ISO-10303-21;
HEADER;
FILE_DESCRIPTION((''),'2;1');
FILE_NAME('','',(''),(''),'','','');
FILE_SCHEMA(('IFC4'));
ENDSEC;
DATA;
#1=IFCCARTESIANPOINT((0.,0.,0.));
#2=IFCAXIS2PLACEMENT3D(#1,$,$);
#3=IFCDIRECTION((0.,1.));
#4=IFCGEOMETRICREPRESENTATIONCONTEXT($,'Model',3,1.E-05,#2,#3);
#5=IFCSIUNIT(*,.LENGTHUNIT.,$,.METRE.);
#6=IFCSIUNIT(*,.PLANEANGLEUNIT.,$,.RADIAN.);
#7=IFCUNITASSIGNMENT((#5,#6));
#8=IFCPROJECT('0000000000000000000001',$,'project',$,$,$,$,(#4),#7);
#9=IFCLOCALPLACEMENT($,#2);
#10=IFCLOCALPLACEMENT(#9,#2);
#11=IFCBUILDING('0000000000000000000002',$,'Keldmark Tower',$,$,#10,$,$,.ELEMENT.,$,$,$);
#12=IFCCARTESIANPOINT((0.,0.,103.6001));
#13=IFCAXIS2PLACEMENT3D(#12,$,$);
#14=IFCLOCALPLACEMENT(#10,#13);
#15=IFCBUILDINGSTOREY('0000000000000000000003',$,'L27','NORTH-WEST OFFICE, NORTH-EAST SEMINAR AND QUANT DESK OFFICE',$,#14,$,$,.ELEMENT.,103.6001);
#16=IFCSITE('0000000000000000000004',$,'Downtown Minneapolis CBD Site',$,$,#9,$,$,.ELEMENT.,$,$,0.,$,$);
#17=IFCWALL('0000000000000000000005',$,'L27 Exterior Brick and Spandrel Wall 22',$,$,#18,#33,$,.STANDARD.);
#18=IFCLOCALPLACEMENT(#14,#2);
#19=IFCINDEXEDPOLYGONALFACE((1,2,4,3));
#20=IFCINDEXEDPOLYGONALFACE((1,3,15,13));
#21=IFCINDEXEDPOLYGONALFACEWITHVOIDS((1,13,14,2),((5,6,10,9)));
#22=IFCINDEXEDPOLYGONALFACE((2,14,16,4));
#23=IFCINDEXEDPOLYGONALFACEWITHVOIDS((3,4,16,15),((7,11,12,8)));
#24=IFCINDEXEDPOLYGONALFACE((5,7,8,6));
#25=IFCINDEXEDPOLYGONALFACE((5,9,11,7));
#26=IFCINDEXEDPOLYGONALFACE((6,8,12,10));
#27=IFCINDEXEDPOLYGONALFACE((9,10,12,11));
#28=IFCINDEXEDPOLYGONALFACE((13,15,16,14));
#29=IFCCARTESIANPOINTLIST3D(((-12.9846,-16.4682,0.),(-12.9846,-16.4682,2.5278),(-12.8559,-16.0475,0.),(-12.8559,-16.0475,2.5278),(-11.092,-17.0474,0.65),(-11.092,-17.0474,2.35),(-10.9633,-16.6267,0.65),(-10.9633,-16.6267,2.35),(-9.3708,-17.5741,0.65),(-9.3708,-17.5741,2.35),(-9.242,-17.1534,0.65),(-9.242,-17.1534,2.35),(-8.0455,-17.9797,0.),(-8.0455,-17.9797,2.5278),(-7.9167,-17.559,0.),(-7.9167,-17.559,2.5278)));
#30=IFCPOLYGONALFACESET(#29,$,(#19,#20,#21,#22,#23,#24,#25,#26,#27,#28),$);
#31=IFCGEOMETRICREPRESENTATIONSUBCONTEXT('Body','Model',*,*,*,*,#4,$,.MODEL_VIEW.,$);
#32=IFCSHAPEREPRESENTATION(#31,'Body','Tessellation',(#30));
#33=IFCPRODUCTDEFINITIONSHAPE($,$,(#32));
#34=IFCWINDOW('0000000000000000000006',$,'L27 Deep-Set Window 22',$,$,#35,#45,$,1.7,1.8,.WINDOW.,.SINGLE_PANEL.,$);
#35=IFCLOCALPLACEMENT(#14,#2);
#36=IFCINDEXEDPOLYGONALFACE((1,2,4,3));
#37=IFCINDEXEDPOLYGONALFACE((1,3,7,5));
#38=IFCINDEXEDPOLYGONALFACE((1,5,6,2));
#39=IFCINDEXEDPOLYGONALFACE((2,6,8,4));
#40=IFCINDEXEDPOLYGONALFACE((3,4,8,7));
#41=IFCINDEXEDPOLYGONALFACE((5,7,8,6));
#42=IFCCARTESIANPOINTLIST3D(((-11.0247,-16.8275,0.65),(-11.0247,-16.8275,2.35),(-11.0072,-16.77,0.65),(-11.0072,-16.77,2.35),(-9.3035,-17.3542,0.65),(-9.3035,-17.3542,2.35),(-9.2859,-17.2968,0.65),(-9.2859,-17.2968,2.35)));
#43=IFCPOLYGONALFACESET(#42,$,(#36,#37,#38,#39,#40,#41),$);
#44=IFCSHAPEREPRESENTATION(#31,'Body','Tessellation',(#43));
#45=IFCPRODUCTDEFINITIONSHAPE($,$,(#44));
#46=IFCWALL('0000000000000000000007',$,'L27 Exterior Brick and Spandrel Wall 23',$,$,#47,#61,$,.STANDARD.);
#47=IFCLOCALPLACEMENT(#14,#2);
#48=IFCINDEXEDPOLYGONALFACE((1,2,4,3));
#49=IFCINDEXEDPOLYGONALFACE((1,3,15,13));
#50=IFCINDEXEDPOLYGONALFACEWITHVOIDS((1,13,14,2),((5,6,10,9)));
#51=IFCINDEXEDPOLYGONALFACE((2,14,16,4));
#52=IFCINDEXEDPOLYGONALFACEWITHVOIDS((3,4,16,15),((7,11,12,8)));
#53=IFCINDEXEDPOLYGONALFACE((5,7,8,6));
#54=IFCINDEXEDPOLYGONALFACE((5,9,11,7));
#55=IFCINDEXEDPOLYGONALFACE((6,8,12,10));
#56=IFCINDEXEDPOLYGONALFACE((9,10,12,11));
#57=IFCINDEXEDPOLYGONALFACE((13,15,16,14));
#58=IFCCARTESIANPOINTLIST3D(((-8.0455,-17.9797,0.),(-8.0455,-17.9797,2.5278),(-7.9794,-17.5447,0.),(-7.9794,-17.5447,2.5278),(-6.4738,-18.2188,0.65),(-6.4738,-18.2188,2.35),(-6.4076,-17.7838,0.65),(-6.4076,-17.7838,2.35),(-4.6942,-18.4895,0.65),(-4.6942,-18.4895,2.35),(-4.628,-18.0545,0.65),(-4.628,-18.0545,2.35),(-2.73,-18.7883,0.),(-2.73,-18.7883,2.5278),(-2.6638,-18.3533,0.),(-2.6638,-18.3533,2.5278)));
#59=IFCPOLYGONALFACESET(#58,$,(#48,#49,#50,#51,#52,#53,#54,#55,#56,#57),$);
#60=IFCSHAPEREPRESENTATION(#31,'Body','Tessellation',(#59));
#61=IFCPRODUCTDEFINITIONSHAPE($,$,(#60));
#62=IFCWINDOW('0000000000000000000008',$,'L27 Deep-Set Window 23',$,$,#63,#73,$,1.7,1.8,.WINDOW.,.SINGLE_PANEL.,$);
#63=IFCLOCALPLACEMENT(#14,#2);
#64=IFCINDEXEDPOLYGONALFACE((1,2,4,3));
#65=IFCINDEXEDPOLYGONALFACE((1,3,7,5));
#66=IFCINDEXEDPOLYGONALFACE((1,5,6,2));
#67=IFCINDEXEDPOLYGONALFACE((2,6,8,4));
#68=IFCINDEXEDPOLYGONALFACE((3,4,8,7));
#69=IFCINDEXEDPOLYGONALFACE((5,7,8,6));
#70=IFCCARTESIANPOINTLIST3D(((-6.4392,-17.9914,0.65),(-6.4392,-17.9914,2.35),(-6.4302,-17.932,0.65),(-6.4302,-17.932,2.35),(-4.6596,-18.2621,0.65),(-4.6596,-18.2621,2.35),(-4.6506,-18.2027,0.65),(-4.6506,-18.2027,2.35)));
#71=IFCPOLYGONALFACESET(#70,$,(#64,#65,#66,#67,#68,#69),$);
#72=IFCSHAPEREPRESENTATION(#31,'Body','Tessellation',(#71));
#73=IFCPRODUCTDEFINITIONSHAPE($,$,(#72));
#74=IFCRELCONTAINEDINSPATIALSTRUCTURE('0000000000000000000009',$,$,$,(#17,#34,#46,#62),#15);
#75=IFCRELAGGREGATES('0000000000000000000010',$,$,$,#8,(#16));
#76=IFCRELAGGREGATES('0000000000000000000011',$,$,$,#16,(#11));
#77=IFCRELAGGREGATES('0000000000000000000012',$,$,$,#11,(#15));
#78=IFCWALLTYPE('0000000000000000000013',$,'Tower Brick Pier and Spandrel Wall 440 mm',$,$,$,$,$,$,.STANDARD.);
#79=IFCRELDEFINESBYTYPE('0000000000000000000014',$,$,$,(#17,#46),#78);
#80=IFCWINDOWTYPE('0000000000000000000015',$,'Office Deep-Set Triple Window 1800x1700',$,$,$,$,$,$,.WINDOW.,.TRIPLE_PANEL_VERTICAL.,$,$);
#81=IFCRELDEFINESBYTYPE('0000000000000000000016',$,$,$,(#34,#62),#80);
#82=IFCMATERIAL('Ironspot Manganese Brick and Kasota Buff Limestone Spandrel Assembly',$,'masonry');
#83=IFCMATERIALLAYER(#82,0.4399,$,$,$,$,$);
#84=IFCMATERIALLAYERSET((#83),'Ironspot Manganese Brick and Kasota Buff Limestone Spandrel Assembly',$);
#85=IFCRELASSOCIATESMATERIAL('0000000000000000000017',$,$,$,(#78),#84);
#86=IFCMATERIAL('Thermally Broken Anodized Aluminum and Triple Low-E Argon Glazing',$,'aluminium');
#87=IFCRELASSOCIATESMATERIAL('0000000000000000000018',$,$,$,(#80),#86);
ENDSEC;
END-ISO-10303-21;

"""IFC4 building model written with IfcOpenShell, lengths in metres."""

from ifc_helpers import new_model, si_unit, direction, frame, frame_2d, origin, place, context, subcontext, project, spatial, rectangle, extrude, material, layer, layer_set, type_object, element, fill, save


model = new_model("IFC4")

# Units and contexts
model_context = context("Model", 3, precision=1e-05, world=origin(), true_north=direction((0.0, 1.0)))
body_context = subcontext(model_context, "Body", "Model", "MODEL_VIEW")
ifc_project = project(units=[si_unit("LENGTHUNIT", "METRE"), si_unit("PLANEANGLEUNIT", "RADIAN")], contexts=[model_context])

# Site, building, storey
site_placement = place(None, origin())
site = spatial("IfcSite", under=ifc_project, at=site_placement, Name="Downtown Minneapolis CBD Site", CompositionType="ELEMENT", RefElevation=0.0)
building_placement = place(site_placement, origin())
building = spatial("IfcBuilding", under=site, at=building_placement, Name="Keldmark Tower", CompositionType="ELEMENT")
storey_placement = place(building_placement, frame((0.0, 0.0, 103.6001)))
storey = spatial("IfcBuildingStorey", under=building, at=storey_placement, Name="L27", Description="NORTH-WEST OFFICE, NORTH-EAST SEMINAR AND QUANT DESK OFFICE", CompositionType="ELEMENT", Elevation=103.6001)

# Walls, openings, windows
ifc_material_1 = material(Name="Ironspot Manganese Brick and Kasota Buff Limestone Spandrel Assembly", Category="masonry")
ifc_layer_1 = layer(ifc_material_1, 0.4399)
ifc_layer_set_1 = layer_set([ifc_layer_1], Name="Ironspot Manganese Brick and Kasota Buff Limestone Spandrel Assembly")
wall_type_1 = type_object("IfcWallType", Name="Tower Brick Pier and Spandrel Wall 440 mm", PredefinedType="STANDARD", material=ifc_layer_set_1)
ifc_material_2 = material(Name="Thermally Broken Anodized Aluminum and Triple Low-E Argon Glazing", Category="aluminium")
window_type = type_object("IfcWindowType", Name="Office Deep-Set Triple Window 1800x1700", PartitioningType="TRIPLE_PANEL_VERTICAL", PredefinedType="WINDOW", material=ifc_material_2)
wall_1_placement = place(storey_placement, frame((-7.9812, -17.7693, 0.0), z_axis=(0.0, 0.0, 1.0), x_axis=(-0.956229, 0.292621, 0.0)))
wall_1 = element("IfcWall", 1, at=wall_1_placement, inside=storey, type_object=wall_type_1, Name="L27 Exterior Brick and Spandrel Wall 22", PredefinedType="STANDARD", context=body_context, shape_type="SweptSolid", body=[
    extrude(rectangle(XDim=5.1653, YDim=0.4399, at=frame_2d((2.5825, 0.0))), origin(), (0.0, 0.0, 1.0), 2.5278),
])
opening_1_placement = place(wall_1_placement, frame((1.386, 0.0, 0.6499)))
opening_1 = element("IfcOpeningElement", 2, at=opening_1_placement, cuts=wall_1, PredefinedType="OPENING", context=body_context, shape_type="SweptSolid", body=[
    extrude(rectangle(XDim=1.8, YDim=1.7, at=frame_2d((0.8999, 0.8501))), frame((0.0, 0.23, 0.0), z_axis=(0.0, -1.0, 0.0), x_axis=(1.0, 0.0, 0.0)), (0.0, 0.0, 1.0), 0.46),
])
window_1_placement = place(opening_1_placement, origin())
window_1 = element("IfcWindow", 3, at=window_1_placement, inside=storey, type_object=window_type, Name="L27 Deep-Set Window 22", OverallHeight=1.7, OverallWidth=1.8, PartitioningType="SINGLE_PANEL", PredefinedType="WINDOW", context=body_context, shape_type="SweptSolid", body=[
    extrude(rectangle(XDim=1.8, YDim=1.7, at=frame_2d((0.8999, 0.8501))), frame((0.0, -0.01, 0.0), z_axis=(0.0, -1.0, 0.0), x_axis=(1.0, 0.0, 0.0)), (0.0, 0.0, 1.0), 0.0601),
])
fill(opening_1, window_1)
wall_2_placement = place(storey_placement, frame((-2.6968, -18.5708, 0.0), z_axis=(0.0, 0.0, 1.0), x_axis=(-0.988627, 0.150385, 0.0)))
wall_2 = element("IfcWall", 4, at=wall_2_placement, inside=storey, type_object=wall_type_1, Name="L27 Exterior Brick and Spandrel Wall 23", PredefinedType="STANDARD", context=body_context, shape_type="SweptSolid", body=[
    extrude(rectangle(XDim=5.3767, YDim=0.4399, at=frame_2d((2.6885, 0.0))), origin(), (0.0, 0.0, 1.0), 2.5278),
])
opening_2_placement = place(wall_2_placement, frame((1.9871, 0.0, 0.6499)))
opening_2 = element("IfcOpeningElement", 5, at=opening_2_placement, cuts=wall_2, PredefinedType="OPENING", context=body_context, shape_type="SweptSolid", body=[
    extrude(rectangle(XDim=1.8, YDim=1.7, at=frame_2d((0.8999, 0.8501))), frame((0.0, 0.23, 0.0), z_axis=(0.0, -1.0, 0.0), x_axis=(1.0, 0.0, 0.0)), (0.0, 0.0, 1.0), 0.46),
])
window_2_placement = place(opening_2_placement, origin())
window_2 = element("IfcWindow", 6, at=window_2_placement, inside=storey, type_object=window_type, Name="L27 Deep-Set Window 23", OverallHeight=1.7, OverallWidth=1.8, PartitioningType="SINGLE_PANEL", PredefinedType="WINDOW", context=body_context, shape_type="SweptSolid", body=[
    extrude(rectangle(XDim=1.8, YDim=1.7, at=frame_2d((0.8999, 0.8501))), frame((0.0, -0.01, 0.0), z_axis=(0.0, -1.0, 0.0), x_axis=(1.0, 0.0, 0.0)), (0.0, 0.0, 1.0), 0.0601),
])
fill(opening_2, window_2)

save(model, "model.ifc")
